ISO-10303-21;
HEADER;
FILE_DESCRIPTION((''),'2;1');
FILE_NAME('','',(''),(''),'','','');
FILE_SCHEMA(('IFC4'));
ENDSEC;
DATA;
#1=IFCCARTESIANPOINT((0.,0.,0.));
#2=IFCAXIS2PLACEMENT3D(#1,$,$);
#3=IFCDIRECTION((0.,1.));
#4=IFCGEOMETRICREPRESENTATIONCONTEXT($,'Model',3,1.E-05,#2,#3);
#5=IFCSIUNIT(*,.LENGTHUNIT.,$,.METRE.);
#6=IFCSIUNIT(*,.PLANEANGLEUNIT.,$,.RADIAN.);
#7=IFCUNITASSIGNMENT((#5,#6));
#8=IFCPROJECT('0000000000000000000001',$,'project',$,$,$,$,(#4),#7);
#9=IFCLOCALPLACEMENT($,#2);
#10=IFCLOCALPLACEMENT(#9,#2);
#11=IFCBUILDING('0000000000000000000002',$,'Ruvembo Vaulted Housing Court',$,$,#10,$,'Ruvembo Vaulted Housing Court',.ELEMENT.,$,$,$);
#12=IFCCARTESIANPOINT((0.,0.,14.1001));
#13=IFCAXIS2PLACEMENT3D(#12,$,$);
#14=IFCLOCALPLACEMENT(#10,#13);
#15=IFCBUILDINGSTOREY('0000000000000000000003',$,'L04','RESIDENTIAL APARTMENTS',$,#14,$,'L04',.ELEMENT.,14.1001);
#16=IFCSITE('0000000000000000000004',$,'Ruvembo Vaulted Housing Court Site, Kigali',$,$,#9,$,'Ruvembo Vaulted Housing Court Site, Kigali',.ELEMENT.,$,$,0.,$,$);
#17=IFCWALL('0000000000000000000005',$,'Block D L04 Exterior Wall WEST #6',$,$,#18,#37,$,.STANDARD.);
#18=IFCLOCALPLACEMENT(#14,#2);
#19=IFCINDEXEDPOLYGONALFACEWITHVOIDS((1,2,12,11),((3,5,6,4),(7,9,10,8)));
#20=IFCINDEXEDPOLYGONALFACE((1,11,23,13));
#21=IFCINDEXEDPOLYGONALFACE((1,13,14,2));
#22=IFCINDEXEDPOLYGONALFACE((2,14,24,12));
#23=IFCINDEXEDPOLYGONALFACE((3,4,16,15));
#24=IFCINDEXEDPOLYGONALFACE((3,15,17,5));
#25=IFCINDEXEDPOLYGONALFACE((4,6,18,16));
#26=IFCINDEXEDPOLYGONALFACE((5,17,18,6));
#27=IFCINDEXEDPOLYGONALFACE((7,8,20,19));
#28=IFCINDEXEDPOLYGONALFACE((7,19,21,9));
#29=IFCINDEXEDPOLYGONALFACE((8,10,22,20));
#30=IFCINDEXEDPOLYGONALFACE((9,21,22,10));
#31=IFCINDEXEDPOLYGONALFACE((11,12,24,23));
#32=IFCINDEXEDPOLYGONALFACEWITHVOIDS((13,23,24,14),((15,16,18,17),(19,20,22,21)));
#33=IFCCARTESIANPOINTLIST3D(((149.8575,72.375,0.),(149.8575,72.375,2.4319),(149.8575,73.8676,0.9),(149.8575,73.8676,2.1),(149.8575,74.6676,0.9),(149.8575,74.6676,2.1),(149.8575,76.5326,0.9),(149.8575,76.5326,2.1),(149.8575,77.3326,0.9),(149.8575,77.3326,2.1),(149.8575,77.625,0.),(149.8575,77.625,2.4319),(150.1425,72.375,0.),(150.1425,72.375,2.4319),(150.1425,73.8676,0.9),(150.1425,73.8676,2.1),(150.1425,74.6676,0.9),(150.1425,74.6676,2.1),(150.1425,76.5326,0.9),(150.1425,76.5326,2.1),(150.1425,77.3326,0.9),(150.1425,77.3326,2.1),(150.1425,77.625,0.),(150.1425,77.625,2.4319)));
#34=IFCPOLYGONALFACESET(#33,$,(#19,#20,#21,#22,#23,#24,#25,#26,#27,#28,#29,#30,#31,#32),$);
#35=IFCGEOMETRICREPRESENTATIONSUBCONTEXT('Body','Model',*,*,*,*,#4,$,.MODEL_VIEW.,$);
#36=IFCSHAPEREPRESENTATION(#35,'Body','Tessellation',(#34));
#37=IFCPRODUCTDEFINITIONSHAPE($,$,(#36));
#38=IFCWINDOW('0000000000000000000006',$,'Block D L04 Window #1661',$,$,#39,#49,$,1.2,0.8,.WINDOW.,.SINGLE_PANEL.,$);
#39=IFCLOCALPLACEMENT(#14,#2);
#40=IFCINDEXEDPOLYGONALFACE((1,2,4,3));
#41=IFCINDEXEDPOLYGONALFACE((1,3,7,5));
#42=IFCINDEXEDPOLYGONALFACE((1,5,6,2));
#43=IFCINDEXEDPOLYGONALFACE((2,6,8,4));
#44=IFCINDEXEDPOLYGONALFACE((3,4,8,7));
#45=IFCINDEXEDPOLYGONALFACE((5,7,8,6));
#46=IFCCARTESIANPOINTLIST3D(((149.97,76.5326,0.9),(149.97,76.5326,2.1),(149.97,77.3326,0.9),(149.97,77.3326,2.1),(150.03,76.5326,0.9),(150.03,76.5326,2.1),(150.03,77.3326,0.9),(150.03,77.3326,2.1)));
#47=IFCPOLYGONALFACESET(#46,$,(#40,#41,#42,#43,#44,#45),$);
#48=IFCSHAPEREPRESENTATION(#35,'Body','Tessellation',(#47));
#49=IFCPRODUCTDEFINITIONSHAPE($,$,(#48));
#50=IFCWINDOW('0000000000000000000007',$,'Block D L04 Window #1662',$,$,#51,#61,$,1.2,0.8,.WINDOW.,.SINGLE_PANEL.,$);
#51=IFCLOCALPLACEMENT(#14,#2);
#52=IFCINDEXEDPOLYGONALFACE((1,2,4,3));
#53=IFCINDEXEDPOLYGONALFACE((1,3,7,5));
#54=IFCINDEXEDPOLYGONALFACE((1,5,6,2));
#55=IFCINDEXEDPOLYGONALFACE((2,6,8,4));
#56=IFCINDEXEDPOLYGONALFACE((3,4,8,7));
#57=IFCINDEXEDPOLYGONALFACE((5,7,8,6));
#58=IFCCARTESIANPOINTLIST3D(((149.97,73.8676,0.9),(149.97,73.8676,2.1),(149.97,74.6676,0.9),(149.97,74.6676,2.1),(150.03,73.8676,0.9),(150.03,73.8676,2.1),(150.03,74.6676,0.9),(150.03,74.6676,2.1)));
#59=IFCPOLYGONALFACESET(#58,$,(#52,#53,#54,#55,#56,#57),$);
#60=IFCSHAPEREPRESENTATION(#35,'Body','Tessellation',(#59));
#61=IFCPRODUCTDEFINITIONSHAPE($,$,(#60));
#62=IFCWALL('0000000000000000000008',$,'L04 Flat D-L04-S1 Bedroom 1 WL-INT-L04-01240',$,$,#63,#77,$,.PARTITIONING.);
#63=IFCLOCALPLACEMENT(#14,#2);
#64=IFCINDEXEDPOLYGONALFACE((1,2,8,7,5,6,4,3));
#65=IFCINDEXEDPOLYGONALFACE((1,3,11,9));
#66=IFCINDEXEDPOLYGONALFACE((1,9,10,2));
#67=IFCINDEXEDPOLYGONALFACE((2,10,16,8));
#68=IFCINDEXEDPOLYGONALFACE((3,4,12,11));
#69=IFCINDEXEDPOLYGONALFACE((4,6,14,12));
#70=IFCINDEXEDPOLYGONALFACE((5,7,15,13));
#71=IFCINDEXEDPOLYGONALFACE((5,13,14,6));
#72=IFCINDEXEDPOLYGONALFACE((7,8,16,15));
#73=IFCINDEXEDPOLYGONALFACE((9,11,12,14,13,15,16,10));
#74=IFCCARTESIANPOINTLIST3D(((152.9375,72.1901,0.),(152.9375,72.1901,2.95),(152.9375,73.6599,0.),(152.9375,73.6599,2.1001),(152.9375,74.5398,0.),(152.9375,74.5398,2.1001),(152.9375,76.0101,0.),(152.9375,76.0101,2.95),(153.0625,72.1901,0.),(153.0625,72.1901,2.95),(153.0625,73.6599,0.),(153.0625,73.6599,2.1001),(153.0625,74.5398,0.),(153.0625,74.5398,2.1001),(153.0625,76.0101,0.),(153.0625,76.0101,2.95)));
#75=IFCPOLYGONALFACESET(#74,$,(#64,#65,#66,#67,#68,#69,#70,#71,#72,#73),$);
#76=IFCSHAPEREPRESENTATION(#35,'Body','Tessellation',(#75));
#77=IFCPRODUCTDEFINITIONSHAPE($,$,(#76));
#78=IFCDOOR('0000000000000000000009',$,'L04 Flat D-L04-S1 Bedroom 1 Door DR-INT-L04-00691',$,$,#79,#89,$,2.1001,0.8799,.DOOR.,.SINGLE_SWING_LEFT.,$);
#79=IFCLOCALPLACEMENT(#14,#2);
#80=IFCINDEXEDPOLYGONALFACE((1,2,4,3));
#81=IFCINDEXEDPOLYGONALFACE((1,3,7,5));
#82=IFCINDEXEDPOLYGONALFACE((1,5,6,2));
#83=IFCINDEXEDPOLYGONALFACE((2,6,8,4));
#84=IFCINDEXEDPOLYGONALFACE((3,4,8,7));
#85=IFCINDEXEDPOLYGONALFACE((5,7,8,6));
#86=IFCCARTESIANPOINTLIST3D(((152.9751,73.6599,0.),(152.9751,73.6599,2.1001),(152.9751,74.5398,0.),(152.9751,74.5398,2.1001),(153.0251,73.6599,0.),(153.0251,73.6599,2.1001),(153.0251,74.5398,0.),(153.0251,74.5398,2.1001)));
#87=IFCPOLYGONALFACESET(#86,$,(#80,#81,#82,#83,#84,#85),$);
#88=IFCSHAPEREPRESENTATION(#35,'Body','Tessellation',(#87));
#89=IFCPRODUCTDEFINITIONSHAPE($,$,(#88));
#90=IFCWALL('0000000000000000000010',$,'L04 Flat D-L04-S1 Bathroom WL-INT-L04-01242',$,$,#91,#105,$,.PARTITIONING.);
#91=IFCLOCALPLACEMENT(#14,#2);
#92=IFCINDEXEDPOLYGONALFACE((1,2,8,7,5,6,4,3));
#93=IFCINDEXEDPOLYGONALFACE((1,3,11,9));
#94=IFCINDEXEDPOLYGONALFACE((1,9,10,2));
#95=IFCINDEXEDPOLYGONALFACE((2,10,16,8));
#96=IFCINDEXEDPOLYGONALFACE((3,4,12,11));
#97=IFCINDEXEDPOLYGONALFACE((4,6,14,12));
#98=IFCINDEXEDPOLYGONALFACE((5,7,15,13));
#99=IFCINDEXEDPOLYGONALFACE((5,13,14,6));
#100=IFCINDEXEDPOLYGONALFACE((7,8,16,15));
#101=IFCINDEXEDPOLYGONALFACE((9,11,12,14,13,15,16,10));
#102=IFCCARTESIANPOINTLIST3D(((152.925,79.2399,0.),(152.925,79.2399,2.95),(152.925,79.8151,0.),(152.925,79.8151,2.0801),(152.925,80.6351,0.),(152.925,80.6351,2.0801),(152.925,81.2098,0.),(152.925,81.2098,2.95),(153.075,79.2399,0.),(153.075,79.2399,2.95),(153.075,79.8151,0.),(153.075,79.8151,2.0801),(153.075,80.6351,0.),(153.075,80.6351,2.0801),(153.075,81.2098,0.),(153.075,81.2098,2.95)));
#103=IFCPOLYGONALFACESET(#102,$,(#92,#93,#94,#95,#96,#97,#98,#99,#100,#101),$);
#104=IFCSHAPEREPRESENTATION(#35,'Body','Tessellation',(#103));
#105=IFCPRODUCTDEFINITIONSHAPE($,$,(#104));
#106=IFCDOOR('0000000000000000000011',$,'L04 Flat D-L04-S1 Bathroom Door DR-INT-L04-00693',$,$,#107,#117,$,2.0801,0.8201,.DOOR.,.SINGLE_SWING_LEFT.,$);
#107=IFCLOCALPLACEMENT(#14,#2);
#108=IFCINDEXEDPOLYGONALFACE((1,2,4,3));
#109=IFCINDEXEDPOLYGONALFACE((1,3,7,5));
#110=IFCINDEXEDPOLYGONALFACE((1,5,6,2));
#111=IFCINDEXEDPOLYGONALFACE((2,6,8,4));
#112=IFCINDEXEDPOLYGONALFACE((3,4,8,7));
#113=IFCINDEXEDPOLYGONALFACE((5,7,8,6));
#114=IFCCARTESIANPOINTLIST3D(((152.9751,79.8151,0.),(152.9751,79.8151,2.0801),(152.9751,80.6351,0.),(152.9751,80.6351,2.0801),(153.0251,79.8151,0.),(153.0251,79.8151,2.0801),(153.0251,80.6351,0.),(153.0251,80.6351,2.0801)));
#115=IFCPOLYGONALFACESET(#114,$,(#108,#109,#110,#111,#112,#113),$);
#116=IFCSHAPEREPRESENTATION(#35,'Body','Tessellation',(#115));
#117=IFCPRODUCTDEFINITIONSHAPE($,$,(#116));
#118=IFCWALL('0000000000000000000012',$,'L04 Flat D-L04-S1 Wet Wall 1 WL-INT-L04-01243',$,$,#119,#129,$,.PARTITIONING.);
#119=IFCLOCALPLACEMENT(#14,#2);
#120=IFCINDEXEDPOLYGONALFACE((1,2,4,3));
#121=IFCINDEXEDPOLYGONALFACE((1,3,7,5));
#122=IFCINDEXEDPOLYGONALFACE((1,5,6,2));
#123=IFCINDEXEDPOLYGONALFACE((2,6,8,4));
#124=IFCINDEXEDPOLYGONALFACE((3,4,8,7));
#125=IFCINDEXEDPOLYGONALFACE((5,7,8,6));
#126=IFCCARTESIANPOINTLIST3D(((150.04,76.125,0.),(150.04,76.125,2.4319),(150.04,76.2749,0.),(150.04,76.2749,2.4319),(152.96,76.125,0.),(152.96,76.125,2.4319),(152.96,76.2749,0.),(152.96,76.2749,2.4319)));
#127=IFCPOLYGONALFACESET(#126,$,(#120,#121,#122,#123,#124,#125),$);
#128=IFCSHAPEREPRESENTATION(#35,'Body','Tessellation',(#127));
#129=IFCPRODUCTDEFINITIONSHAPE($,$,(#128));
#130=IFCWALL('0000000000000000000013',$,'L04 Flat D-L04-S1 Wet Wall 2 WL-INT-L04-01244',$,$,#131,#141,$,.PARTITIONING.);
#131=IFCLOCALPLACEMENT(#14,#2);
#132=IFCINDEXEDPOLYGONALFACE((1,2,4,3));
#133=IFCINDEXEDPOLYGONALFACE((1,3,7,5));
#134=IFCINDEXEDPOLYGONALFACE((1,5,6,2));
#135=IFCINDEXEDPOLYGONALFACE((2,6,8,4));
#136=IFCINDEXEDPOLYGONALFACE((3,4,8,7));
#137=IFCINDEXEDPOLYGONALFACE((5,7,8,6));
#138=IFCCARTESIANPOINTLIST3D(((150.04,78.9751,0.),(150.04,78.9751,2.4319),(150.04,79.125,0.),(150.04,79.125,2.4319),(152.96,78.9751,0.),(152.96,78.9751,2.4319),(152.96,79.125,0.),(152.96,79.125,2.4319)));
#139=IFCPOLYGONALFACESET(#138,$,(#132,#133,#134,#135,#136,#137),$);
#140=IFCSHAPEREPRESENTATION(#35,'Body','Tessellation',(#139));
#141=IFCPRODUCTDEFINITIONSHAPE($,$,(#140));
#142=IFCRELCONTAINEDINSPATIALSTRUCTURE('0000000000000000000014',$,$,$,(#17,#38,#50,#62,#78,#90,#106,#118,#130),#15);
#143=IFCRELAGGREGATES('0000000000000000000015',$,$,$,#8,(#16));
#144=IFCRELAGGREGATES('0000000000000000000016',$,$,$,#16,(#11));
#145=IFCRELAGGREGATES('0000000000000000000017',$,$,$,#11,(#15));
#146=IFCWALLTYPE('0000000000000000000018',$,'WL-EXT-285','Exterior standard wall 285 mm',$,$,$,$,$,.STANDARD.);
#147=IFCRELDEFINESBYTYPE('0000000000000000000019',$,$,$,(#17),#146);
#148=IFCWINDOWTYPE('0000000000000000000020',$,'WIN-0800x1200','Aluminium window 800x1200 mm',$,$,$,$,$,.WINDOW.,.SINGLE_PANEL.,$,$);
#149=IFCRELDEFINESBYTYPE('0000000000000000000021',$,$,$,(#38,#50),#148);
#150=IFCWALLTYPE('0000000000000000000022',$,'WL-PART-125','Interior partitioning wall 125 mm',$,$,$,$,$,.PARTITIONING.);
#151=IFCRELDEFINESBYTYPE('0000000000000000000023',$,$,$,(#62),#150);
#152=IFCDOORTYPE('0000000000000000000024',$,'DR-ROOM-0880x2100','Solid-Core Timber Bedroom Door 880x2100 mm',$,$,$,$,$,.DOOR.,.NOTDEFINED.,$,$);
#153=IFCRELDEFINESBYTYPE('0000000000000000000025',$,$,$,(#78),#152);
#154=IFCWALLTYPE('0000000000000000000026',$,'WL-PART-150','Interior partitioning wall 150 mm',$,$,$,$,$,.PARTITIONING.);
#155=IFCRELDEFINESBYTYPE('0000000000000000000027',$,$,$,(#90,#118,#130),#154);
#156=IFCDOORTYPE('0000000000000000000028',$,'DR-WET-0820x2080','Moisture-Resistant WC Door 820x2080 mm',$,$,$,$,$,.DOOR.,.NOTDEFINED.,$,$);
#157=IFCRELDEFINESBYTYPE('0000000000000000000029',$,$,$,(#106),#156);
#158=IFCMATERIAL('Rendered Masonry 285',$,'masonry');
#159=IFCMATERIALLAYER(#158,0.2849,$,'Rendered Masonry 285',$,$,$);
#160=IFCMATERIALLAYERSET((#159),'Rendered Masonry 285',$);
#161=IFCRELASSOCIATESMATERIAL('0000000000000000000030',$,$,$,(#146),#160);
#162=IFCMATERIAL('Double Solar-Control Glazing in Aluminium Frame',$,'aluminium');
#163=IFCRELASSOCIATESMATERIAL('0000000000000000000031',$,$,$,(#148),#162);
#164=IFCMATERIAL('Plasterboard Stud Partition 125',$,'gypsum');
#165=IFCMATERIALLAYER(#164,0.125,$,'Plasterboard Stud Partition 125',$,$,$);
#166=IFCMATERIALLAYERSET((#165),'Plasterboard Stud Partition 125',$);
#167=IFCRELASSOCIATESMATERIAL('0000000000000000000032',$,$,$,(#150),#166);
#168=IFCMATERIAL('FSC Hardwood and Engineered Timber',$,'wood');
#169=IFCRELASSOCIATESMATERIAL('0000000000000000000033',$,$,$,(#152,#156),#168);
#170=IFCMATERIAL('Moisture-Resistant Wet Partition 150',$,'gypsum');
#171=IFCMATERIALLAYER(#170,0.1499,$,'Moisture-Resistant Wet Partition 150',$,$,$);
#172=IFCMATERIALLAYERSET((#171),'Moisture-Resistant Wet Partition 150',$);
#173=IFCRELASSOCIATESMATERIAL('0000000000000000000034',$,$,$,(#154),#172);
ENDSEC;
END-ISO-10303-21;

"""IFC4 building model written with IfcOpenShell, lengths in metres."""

from ifc_helpers import new_model, si_unit, direction, frame, frame_2d, origin, place, context, subcontext, project, spatial, rectangle, extrude, material, layer, layer_set, type_object, element, fill, save


model = new_model("IFC4")

# Units and contexts
model_context = context("Model", 3, precision=1e-05, world=origin(), true_north=direction((0.0, 1.0)))
body_context = subcontext(model_context, "Body", "Model", "MODEL_VIEW")
ifc_project = project(units=[si_unit("LENGTHUNIT", "METRE"), si_unit("PLANEANGLEUNIT", "RADIAN")], contexts=[model_context])

# Site, building, storey
site_placement = place(None, origin())
site = spatial("IfcSite", under=ifc_project, at=site_placement, Name="Ruvembo Vaulted Housing Court Site, Kigali", LongName="Ruvembo Vaulted Housing Court Site, Kigali", CompositionType="ELEMENT", RefElevation=0.0)
building_placement = place(site_placement, origin())
building = spatial("IfcBuilding", under=site, at=building_placement, Name="Ruvembo Vaulted Housing Court", LongName="Ruvembo Vaulted Housing Court", CompositionType="ELEMENT")
storey_placement = place(building_placement, frame((0.0, 0.0, 14.1001)))
storey = spatial("IfcBuildingStorey", under=building, at=storey_placement, Name="L04", Description="RESIDENTIAL APARTMENTS", LongName="L04", CompositionType="ELEMENT", Elevation=14.1001)

# Shared definitions
ifc_material_1 = material(Name="FSC Hardwood and Engineered Timber", Category="wood")

# Wall, openings, windows
ifc_material_2 = material(Name="Rendered Masonry 285", Category="masonry")
ifc_layer_1 = layer(ifc_material_2, 0.2849, Name="Rendered Masonry 285")
ifc_layer_set_1 = layer_set([ifc_layer_1], Name="Rendered Masonry 285")
wall_type_1 = type_object("IfcWallType", Name="WL-EXT-285", Description="Exterior standard wall 285 mm", PredefinedType="STANDARD", material=ifc_layer_set_1)
ifc_material_3 = material(Name="Double Solar-Control Glazing in Aluminium Frame", Category="aluminium")
wall_1_placement = place(storey_placement, frame((150.0, 77.625, 0.0), z_axis=(0.0, 0.0, 1.0), x_axis=(0.0, -1.0, 0.0)))
wall_1 = element("IfcWall", 1, at=wall_1_placement, inside=storey, type_object=wall_type_1, Name="Block D L04 Exterior Wall WEST #6", PredefinedType="STANDARD", context=body_context, shape_type="SweptSolid", body=[
    extrude(rectangle(XDim=5.25, YDim=0.2849, at=frame_2d((2.625, 0.0))), origin(), (0.0, 0.0, 1.0), 2.4319),
])
opening_1_placement = place(wall_1_placement, frame((0.2925, 0.0, 0.8999)))
opening_1 = element("IfcOpeningElement", 2, at=opening_1_placement, cuts=wall_1, PredefinedType="OPENING", context=body_context, shape_type="SweptSolid", body=[
    extrude(rectangle(XDim=0.8, YDim=1.2, at=frame_2d((0.3999, 0.6001))), frame((0.0, 0.1523, 0.0), z_axis=(0.0, -1.0, 0.0), x_axis=(1.0, 0.0, 0.0)), (0.0, 0.0, 1.0), 0.3049),
])
opening_2_placement = place(wall_1_placement, frame((2.9575, 0.0, 0.8999)))
opening_2 = element("IfcOpeningElement", 3, at=opening_2_placement, cuts=wall_1, PredefinedType="OPENING", context=body_context, shape_type="SweptSolid", body=[
    extrude(rectangle(XDim=0.8, YDim=1.2, at=frame_2d((0.3999, 0.6001))), frame((0.0, 0.1523, 0.0), z_axis=(0.0, -1.0, 0.0), x_axis=(1.0, 0.0, 0.0)), (0.0, 0.0, 1.0), 0.3049),
])
window_type_1 = type_object("IfcWindowType", Name="WIN-0800x1200", Description="Aluminium window 800x1200 mm", PartitioningType="SINGLE_PANEL", PredefinedType="WINDOW", material=ifc_material_3)
window_1_placement = place(opening_1_placement, origin())
window_1 = element("IfcWindow", 4, at=window_1_placement, inside=storey, type_object=window_type_1, Name="Block D L04 Window #1661", OverallHeight=1.2, OverallWidth=0.8, PartitioningType="SINGLE_PANEL", PredefinedType="WINDOW", context=body_context, shape_type="SweptSolid", body=[
    extrude(rectangle(XDim=0.8, YDim=1.2, at=frame_2d((0.3999, 0.6001))), frame((0.0, 0.03, 0.0), z_axis=(0.0, -1.0, 0.0), x_axis=(1.0, 0.0, 0.0)), (0.0, 0.0, 1.0), 0.0601),
])
fill(opening_1, window_1)
window_2_placement = place(opening_2_placement, origin())
window_2 = element("IfcWindow", 5, at=window_2_placement, inside=storey, type_object=window_type_1, Name="Block D L04 Window #1662", OverallHeight=1.2, OverallWidth=0.8, PartitioningType="SINGLE_PANEL", PredefinedType="WINDOW", context=body_context, shape_type="SweptSolid", body=[
    extrude(rectangle(XDim=0.8, YDim=1.2, at=frame_2d((0.3999, 0.6001))), frame((0.0, 0.03, 0.0), z_axis=(0.0, -1.0, 0.0), x_axis=(1.0, 0.0, 0.0)), (0.0, 0.0, 1.0), 0.0601),
])
fill(opening_2, window_2)

# Walls, openings, doors
ifc_material_4 = material(Name="Plasterboard Stud Partition 125", Category="gypsum")
ifc_layer_2 = layer(ifc_material_4, 0.125, Name="Plasterboard Stud Partition 125")
ifc_layer_set_2 = layer_set([ifc_layer_2], Name="Plasterboard Stud Partition 125")
wall_type_2 = type_object("IfcWallType", Name="WL-PART-125", Description="Interior partitioning wall 125 mm", PredefinedType="PARTITIONING", material=ifc_layer_set_2)
wall_2_placement = place(storey_placement, frame((153.0, 72.1899, 0.0), z_axis=(0.0, 0.0, 1.0), x_axis=(0.0, 1.0, 0.0)))
wall_2 = element("IfcWall", 6, at=wall_2_placement, inside=storey, type_object=wall_type_2, Name="L04 Flat D-L04-S1 Bedroom 1 WL-INT-L04-01240", PredefinedType="PARTITIONING", context=body_context, shape_type="SweptSolid", body=[
    extrude(rectangle(XDim=3.8201, YDim=0.125, at=frame_2d((1.9102, 0.0))), origin(), (0.0, 0.0, 1.0), 2.95),
])
opening_3_placement = place(wall_2_placement, frame((1.47, 0.0, 0.0)))
opening_3 = element("IfcOpeningElement", 7, at=opening_3_placement, cuts=wall_2, PredefinedType="OPENING", context=body_context, shape_type="SweptSolid", body=[
    extrude(rectangle(XDim=0.8799, YDim=2.1001, at=frame_2d((0.4399, 1.05))), frame((0.0, 0.0725, 0.0), z_axis=(0.0, -1.0, 0.0), x_axis=(1.0, 0.0, 0.0)), (0.0, 0.0, 1.0), 0.145),
])
door_type_1 = type_object("IfcDoorType", Name="DR-ROOM-0880x2100", Description="Solid-Core Timber Bedroom Door 880x2100 mm", OperationType="NOTDEFINED", PredefinedType="DOOR", material=ifc_material_1)
door_1_placement = place(opening_3_placement, origin())
door_1 = element("IfcDoor", 8, at=door_1_placement, inside=storey, type_object=door_type_1, Name="L04 Flat D-L04-S1 Bedroom 1 Door DR-INT-L04-00691", OperationType="SINGLE_SWING_LEFT", OverallHeight=2.1001, OverallWidth=0.8799, PredefinedType="DOOR", context=body_context, shape_type="SweptSolid", body=[
    extrude(rectangle(XDim=0.8799, YDim=2.1001, at=frame_2d((0.4399, 1.05))), frame((0.0, 0.0249, 0.0), z_axis=(0.0, -1.0, 0.0), x_axis=(1.0, 0.0, 0.0)), (0.0, 0.0, 1.0), 0.05),
])
fill(opening_3, door_1)
ifc_material_5 = material(Name="Moisture-Resistant Wet Partition 150", Category="gypsum")
ifc_layer_3 = layer(ifc_material_5, 0.1499, Name="Moisture-Resistant Wet Partition 150")
ifc_layer_set_3 = layer_set([ifc_layer_3], Name="Moisture-Resistant Wet Partition 150")
wall_type_3 = type_object("IfcWallType", Name="WL-PART-150", Description="Interior partitioning wall 150 mm", PredefinedType="PARTITIONING", material=ifc_layer_set_3)
wall_3_placement = place(storey_placement, frame((153.0, 79.24, 0.0), z_axis=(0.0, 0.0, 1.0), x_axis=(0.0, 1.0, 0.0)))
wall_3 = element("IfcWall", 9, at=wall_3_placement, inside=storey, type_object=wall_type_3, Name="L04 Flat D-L04-S1 Bathroom WL-INT-L04-01242", PredefinedType="PARTITIONING", context=body_context, shape_type="SweptSolid", body=[
    extrude(rectangle(XDim=1.97, YDim=0.1499, at=frame_2d((0.9849, 0.0))), origin(), (0.0, 0.0, 1.0), 2.95),
])
opening_4_placement = place(wall_3_placement, frame((0.575, 0.0, 0.0)))
opening_4 = element("IfcOpeningElement", 10, at=opening_4_placement, cuts=wall_3, PredefinedType="OPENING", context=body_context, shape_type="SweptSolid", body=[
    extrude(rectangle(XDim=0.8201, YDim=2.0801, at=frame_2d((0.4102, 1.04))), frame((0.0, 0.085, 0.0), z_axis=(0.0, -1.0, 0.0), x_axis=(1.0, 0.0, 0.0)), (0.0, 0.0, 1.0), 0.1699),
])
door_type_2 = type_object("IfcDoorType", Name="DR-WET-0820x2080", Description="Moisture-Resistant WC Door 820x2080 mm", OperationType="NOTDEFINED", PredefinedType="DOOR", material=ifc_material_1)
door_2_placement = place(opening_4_placement, origin())
door_2 = element("IfcDoor", 11, at=door_2_placement, inside=storey, type_object=door_type_2, Name="L04 Flat D-L04-S1 Bathroom Door DR-INT-L04-00693", OperationType="SINGLE_SWING_LEFT", OverallHeight=2.0801, OverallWidth=0.8201, PredefinedType="DOOR", context=body_context, shape_type="SweptSolid", body=[
    extrude(rectangle(XDim=0.8201, YDim=2.0801, at=frame_2d((0.4102, 1.04))), frame((0.0, 0.0249, 0.0), z_axis=(0.0, -1.0, 0.0), x_axis=(1.0, 0.0, 0.0)), (0.0, 0.0, 1.0), 0.05),
])
fill(opening_4, door_2)

# Walls
for number, where, z_axis, x_axis, name in (
    (12, (150.04, 76.2, 0.0), (0.0, 0.0, 1.0), (1.0, 0.0, 0.0), "L04 Flat D-L04-S1 Wet Wall 1 WL-INT-L04-01243"),
    (13, (150.04, 79.05, 0.0), (0.0, 0.0, 1.0), (1.0, 0.0, 0.0), "L04 Flat D-L04-S1 Wet Wall 2 WL-INT-L04-01244"),
):
    element("IfcWall", number, at=place(storey_placement, frame(where, z_axis=z_axis, x_axis=x_axis)), inside=storey, type_object=wall_type_3, Name=name, PredefinedType="PARTITIONING", context=body_context, shape_type="SweptSolid", body=[
        extrude(rectangle(XDim=2.9199, YDim=0.1499, at=frame_2d((1.46, 0.0))), origin(), (0.0, 0.0, 1.0), 2.4319),
    ])

save(model, "model.ifc")
